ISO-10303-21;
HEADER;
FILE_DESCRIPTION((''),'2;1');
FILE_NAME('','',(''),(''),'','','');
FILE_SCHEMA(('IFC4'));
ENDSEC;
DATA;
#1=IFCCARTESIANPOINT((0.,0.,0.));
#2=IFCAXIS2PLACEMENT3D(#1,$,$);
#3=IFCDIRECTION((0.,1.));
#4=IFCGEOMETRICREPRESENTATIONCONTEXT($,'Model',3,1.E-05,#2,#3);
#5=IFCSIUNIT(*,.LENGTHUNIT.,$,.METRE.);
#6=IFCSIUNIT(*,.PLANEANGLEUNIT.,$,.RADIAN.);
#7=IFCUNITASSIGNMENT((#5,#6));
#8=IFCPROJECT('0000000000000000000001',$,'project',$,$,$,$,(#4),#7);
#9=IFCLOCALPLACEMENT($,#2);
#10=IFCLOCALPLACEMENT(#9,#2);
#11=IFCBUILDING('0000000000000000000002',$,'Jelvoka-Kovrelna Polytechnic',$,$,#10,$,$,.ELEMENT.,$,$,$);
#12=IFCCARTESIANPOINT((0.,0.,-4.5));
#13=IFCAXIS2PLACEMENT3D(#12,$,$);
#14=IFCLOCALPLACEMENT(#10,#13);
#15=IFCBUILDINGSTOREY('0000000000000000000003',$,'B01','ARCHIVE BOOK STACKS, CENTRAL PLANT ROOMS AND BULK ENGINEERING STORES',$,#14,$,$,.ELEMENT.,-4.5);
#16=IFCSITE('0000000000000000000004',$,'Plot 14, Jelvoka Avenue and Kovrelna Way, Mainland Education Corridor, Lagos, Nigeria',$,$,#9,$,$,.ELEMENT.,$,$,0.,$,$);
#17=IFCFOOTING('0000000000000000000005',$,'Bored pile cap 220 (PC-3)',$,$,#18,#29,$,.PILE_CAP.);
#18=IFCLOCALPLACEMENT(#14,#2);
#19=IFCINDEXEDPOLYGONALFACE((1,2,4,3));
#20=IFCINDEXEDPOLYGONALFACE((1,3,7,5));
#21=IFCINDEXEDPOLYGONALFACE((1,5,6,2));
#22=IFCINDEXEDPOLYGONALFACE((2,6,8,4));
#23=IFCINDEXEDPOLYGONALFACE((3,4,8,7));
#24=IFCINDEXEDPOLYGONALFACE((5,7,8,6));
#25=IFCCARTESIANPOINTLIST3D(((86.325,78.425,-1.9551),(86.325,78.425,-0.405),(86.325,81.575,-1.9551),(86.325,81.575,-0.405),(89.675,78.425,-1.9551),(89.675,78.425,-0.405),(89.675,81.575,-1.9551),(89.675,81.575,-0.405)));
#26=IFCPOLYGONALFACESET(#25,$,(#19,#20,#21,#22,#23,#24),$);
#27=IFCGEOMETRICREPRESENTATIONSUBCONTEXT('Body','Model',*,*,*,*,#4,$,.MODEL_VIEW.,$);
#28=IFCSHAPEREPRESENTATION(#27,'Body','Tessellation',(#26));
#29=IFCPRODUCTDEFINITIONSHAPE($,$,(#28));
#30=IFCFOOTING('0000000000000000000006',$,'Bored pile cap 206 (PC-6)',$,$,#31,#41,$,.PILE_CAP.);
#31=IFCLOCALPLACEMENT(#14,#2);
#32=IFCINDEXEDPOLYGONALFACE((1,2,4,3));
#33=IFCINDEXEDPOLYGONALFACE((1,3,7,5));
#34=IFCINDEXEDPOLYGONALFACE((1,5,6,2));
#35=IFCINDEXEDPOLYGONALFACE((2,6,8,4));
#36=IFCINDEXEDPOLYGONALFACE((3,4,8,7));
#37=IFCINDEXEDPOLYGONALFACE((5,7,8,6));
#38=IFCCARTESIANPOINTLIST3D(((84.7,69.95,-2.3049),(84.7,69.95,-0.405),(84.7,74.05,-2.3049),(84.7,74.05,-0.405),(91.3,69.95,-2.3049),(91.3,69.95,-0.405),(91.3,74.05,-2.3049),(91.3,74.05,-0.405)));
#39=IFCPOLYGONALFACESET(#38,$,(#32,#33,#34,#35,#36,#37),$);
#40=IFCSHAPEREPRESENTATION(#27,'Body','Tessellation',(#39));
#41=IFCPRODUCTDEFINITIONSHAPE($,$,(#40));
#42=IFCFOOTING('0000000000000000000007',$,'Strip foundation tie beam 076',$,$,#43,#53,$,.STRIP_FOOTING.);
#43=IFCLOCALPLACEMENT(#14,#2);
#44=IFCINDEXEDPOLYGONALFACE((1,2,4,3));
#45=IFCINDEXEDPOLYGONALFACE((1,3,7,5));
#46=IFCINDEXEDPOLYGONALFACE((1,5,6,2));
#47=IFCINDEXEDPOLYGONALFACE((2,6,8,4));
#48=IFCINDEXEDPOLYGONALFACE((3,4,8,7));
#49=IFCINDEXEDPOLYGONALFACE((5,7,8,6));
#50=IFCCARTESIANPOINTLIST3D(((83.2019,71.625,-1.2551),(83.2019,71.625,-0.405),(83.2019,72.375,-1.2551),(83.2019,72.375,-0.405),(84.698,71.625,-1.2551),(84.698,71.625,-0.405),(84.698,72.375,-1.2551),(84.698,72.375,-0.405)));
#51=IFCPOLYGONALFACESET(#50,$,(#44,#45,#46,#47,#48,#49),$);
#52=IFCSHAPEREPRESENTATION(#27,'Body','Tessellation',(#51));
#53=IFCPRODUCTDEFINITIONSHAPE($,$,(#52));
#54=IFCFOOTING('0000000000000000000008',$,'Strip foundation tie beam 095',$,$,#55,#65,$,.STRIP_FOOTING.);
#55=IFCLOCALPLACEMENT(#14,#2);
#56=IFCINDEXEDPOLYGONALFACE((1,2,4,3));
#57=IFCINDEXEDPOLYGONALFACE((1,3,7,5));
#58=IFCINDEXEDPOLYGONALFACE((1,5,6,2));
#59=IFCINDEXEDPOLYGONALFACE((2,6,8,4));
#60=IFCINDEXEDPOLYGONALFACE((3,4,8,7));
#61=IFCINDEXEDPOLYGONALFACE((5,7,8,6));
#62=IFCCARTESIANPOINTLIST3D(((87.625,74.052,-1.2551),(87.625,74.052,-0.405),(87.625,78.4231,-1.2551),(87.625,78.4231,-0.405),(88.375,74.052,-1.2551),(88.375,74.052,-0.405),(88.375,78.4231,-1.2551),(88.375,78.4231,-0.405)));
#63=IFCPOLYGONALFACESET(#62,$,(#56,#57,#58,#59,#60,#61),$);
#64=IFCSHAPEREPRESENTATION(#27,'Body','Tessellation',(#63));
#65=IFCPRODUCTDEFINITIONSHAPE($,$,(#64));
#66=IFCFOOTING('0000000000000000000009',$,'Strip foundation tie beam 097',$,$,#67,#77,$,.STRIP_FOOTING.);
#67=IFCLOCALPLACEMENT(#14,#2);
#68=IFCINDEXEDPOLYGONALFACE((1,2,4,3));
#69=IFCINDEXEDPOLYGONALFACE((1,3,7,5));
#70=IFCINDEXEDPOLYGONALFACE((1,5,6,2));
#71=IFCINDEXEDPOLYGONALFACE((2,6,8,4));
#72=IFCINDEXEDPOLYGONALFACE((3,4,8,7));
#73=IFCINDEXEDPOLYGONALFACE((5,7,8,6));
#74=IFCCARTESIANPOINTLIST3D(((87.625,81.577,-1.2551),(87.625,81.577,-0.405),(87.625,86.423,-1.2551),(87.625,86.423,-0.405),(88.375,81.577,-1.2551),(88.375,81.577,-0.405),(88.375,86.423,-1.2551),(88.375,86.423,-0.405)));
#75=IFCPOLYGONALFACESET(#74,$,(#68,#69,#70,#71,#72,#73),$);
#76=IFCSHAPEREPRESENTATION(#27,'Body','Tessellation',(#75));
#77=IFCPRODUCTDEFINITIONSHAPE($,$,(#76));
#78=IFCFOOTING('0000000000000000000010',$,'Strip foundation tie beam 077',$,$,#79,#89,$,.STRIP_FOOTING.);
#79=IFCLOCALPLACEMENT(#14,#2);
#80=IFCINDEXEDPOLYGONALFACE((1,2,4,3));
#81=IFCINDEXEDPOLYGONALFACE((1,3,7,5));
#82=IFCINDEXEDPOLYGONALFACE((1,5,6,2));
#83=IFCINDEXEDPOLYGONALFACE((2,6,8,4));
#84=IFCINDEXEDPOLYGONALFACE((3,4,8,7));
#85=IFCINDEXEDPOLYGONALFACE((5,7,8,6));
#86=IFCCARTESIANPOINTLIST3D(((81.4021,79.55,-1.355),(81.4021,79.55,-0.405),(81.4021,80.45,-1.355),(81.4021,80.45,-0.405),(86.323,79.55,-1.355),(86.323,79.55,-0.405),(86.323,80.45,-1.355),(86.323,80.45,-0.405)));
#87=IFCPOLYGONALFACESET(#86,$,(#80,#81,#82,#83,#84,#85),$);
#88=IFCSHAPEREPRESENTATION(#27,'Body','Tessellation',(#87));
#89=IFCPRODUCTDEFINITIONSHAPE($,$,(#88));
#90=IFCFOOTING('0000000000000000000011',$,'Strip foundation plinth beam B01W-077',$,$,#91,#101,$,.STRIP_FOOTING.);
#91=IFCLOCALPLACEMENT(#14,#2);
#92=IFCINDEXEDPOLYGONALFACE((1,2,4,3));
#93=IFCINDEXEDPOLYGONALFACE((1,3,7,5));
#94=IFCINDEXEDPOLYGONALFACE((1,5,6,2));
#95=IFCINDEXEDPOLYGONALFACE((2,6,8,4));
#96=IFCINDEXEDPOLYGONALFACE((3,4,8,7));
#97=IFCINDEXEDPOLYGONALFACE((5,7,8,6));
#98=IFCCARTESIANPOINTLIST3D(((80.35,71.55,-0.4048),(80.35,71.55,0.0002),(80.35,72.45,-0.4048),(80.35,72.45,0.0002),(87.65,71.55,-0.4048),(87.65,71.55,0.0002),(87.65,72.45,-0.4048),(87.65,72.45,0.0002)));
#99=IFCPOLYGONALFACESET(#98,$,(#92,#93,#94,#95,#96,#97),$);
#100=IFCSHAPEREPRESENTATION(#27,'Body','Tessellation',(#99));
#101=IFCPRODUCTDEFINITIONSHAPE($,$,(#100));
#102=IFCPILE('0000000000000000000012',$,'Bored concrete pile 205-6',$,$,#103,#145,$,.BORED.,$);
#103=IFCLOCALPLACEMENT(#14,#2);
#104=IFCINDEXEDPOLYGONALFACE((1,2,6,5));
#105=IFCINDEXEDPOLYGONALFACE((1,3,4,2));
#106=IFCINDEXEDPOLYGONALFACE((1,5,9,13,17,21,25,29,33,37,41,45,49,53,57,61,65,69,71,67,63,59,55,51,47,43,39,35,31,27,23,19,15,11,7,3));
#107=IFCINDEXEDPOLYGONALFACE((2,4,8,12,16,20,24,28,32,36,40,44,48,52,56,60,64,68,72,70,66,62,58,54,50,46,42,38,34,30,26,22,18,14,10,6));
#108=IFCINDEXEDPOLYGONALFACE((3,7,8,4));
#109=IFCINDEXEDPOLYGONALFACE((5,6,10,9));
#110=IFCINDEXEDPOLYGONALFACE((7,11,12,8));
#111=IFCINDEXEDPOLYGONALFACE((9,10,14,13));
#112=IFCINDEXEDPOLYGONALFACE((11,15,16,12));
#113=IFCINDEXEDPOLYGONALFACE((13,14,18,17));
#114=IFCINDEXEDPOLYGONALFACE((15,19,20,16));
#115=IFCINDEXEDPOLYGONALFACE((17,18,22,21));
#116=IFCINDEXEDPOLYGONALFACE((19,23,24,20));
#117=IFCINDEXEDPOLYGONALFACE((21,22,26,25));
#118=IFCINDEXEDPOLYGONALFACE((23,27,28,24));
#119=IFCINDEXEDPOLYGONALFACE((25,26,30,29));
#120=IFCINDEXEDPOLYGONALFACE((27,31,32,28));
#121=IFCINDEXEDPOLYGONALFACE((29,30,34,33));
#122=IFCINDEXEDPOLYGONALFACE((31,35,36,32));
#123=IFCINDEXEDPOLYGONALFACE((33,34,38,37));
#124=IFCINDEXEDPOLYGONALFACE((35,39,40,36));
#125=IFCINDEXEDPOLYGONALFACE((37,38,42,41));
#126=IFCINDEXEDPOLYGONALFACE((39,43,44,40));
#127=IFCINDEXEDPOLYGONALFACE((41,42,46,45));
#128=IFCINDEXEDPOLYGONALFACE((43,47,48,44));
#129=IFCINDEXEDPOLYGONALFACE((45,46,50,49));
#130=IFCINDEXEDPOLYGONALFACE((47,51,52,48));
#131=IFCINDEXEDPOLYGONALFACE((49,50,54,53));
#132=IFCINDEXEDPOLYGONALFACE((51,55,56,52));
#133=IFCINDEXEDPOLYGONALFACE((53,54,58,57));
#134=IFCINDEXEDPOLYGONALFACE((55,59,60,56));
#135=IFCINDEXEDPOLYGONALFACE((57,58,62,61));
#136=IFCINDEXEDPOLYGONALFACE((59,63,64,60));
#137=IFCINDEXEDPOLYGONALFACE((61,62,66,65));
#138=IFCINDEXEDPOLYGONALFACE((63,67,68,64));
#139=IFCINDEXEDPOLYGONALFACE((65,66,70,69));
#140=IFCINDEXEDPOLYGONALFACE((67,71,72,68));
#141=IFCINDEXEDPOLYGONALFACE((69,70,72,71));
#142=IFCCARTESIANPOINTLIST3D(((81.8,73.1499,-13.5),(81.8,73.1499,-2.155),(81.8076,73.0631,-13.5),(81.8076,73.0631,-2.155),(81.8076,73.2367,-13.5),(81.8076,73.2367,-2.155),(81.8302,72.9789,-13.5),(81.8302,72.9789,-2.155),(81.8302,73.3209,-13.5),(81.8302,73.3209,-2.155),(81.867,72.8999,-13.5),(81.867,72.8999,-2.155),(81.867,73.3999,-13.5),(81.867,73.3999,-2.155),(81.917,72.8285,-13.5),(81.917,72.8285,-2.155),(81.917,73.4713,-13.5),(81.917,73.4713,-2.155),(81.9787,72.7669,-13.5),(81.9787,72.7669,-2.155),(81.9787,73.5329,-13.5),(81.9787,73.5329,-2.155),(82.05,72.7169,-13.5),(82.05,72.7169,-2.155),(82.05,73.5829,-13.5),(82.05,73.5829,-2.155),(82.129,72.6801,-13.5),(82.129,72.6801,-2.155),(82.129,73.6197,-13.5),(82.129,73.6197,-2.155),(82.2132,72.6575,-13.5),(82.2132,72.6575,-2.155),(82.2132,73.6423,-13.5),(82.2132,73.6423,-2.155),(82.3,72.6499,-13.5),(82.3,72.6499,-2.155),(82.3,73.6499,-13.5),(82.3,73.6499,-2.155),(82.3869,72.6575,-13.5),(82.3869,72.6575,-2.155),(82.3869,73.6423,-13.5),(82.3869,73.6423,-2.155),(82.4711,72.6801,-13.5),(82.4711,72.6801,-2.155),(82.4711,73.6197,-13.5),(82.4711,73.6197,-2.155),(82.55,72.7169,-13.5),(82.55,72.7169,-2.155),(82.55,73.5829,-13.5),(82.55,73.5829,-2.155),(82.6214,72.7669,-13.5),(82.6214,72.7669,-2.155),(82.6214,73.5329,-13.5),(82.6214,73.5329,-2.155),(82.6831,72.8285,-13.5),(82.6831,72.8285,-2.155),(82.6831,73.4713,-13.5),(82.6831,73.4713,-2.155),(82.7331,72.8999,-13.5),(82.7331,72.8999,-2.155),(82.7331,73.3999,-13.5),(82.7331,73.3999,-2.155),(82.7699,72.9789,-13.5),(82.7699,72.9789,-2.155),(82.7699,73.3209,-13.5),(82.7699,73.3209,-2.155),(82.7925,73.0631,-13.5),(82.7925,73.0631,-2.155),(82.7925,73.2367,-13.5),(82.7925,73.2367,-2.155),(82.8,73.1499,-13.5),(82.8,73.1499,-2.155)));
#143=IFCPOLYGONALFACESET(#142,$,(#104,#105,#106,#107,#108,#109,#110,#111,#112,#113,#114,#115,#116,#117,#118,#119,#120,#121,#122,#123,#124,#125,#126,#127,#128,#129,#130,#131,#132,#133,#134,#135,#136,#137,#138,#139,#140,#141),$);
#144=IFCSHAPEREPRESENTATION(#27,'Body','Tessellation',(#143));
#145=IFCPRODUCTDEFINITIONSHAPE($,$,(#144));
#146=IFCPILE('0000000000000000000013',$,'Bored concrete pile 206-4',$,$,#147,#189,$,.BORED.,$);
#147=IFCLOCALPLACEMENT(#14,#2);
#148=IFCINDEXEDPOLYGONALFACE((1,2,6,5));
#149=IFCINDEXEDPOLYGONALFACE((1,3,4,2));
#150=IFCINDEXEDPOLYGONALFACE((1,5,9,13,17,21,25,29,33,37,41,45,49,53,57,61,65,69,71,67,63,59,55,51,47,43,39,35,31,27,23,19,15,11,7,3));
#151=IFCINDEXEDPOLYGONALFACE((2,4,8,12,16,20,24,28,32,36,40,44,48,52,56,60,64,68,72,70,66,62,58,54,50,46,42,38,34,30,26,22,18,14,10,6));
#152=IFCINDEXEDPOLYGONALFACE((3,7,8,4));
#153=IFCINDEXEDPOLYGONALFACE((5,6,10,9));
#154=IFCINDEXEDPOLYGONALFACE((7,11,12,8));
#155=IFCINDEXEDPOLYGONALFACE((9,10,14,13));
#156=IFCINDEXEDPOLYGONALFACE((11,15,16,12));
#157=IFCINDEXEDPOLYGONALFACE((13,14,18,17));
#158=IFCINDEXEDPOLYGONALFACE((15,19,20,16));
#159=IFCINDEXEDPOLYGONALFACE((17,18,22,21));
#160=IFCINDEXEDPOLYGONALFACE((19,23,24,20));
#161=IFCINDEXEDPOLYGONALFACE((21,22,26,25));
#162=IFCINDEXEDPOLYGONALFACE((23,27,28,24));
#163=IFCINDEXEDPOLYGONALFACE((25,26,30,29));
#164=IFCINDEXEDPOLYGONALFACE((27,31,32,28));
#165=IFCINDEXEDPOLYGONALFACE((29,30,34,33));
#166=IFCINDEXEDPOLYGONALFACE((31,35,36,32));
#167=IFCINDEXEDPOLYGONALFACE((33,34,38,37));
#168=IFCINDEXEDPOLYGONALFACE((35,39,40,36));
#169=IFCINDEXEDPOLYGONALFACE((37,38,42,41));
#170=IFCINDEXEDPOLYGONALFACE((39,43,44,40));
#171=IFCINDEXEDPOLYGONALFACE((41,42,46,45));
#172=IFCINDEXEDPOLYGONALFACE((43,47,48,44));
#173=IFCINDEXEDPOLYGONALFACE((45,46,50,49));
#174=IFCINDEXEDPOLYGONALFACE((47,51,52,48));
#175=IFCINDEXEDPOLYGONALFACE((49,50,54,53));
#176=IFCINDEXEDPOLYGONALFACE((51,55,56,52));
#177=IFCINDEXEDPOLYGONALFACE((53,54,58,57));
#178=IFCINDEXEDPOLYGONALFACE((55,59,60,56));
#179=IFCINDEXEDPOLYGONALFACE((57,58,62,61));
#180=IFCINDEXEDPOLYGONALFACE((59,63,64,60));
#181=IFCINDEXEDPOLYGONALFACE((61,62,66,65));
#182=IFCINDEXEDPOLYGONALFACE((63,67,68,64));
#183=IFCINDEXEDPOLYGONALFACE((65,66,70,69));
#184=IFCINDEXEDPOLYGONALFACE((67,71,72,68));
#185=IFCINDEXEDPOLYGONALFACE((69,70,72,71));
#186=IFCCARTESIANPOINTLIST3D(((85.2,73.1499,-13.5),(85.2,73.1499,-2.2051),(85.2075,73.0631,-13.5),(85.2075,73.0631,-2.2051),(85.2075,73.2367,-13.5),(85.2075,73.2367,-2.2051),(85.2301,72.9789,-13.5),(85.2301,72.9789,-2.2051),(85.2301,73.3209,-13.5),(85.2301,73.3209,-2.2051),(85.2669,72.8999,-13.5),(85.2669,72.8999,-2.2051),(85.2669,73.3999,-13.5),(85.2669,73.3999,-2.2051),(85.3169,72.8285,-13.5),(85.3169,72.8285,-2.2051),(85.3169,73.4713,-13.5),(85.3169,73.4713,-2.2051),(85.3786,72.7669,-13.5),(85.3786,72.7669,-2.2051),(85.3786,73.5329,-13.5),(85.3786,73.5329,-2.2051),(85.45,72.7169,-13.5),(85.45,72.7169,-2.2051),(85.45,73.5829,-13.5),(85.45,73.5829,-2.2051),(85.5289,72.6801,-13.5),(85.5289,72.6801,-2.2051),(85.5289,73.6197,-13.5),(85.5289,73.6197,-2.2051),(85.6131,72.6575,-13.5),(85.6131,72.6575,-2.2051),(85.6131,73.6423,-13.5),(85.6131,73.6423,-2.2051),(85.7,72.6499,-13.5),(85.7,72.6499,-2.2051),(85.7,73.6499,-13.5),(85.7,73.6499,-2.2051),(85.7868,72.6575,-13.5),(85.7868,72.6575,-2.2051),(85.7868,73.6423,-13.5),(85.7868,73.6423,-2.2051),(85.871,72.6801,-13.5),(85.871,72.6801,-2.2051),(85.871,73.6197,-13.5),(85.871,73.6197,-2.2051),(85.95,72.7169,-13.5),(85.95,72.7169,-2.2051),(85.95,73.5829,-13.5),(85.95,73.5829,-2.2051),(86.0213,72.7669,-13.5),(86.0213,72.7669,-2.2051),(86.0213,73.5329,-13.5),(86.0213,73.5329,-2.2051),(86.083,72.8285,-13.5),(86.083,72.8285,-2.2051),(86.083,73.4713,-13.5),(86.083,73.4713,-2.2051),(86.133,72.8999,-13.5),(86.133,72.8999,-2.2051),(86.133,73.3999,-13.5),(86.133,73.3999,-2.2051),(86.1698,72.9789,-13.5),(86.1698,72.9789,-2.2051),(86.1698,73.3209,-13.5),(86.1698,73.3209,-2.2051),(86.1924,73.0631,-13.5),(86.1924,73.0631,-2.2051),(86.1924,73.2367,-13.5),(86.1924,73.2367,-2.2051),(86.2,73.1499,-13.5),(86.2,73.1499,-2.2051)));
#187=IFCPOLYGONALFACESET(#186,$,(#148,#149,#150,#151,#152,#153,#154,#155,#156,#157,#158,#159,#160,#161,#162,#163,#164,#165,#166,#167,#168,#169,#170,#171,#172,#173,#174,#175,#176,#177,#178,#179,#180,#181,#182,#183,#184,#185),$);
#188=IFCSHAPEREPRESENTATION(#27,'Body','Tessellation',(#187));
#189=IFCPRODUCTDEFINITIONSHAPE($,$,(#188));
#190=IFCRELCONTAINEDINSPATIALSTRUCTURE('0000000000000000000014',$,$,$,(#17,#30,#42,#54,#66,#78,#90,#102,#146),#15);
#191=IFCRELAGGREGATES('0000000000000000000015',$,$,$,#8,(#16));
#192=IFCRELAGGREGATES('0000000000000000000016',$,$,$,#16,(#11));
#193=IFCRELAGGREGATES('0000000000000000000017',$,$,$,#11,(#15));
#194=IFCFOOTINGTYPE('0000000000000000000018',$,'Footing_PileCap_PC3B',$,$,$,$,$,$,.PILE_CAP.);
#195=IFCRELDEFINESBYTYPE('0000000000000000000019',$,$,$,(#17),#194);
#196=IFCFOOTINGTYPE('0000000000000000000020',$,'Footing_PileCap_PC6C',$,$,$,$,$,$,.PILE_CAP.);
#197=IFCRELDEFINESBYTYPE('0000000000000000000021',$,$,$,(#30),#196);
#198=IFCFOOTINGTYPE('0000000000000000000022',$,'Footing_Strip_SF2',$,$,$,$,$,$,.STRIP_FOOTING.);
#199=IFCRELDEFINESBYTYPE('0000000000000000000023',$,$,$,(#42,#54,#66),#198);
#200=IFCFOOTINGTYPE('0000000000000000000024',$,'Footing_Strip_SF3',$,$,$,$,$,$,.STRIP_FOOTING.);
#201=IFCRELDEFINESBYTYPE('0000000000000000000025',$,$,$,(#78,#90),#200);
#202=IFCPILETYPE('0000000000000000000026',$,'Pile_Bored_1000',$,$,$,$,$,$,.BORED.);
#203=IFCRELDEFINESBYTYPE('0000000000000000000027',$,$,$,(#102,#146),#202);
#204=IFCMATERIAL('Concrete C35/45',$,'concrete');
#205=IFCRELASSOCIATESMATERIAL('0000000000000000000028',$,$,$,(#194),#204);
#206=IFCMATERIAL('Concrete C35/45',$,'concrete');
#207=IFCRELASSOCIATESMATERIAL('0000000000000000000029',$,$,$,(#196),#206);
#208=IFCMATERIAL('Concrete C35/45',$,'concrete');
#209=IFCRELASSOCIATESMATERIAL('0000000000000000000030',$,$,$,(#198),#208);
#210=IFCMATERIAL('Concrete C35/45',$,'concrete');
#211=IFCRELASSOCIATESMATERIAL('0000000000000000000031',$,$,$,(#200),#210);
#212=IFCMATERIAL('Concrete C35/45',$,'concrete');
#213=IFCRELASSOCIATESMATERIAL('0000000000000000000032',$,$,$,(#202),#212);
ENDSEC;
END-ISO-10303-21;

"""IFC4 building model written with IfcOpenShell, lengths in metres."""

from ifc_helpers import new_model, si_unit, direction, frame, origin, origin_2d, place, context, subcontext, project, spatial, rectangle, circle, extrude, material, material_profile, profile_set, type_object, element, save


model = new_model("IFC4")

# Units and contexts
model_context = context("Model", 3, precision=1e-05, world=origin(), true_north=direction((0.0, 1.0)))
body_context = subcontext(model_context, "Body", "Model", "MODEL_VIEW")
ifc_project = project(units=[si_unit("LENGTHUNIT", "METRE"), si_unit("PLANEANGLEUNIT", "RADIAN")], contexts=[model_context])

# Site, building, storey
site_placement = place(None, origin())
site = spatial("IfcSite", under=ifc_project, at=site_placement, Name="Plot 14, Jelvoka Avenue and Kovrelna Way, Mainland Education Corridor, Lagos, Nigeria", CompositionType="ELEMENT", RefElevation=0.0)
building_placement = place(site_placement, origin())
building = spatial("IfcBuilding", under=site, at=building_placement, Name="Jelvoka-Kovrelna Polytechnic", CompositionType="ELEMENT")
storey_placement = place(building_placement, frame((0.0, 0.0, -4.5)))
storey = spatial("IfcBuildingStorey", under=building, at=storey_placement, Name="B01", Description="ARCHIVE BOOK STACKS, CENTRAL PLANT ROOMS AND BULK ENGINEERING STORES", CompositionType="ELEMENT", Elevation=-4.5)

# Footings
ifc_material_1 = material(Name="Concrete C35/45", Category="concrete")
footing_type_1 = type_object("IfcFootingType", Name="Footing_PileCap_PC3B", PredefinedType="PILE_CAP", material=ifc_material_1)
footing_1_placement = place(storey_placement, frame((88.0, 80.0, -1.9551), z_axis=(0.0, 0.0, 1.0), x_axis=(1.0, 0.0, 0.0)))
element("IfcFooting", 1, at=footing_1_placement, inside=storey, type_object=footing_type_1, Name="Bored pile cap 220 (PC-3)", PredefinedType="PILE_CAP", context=body_context, shape_type="SweptSolid", body=[
    extrude(rectangle(XDim=3.3501, YDim=3.1499, at=origin_2d()), origin(), (0.0, 0.0, 1.0), 1.55),
])
ifc_material_2 = material(Name="Concrete C35/45", Category="concrete")
footing_type_2 = type_object("IfcFootingType", Name="Footing_PileCap_PC6C", PredefinedType="PILE_CAP", material=ifc_material_2)
footing_2_placement = place(storey_placement, frame((88.0, 72.0, -2.3049), z_axis=(0.0, 0.0, 1.0), x_axis=(1.0, 0.0, 0.0)))
element("IfcFooting", 2, at=footing_2_placement, inside=storey, type_object=footing_type_2, Name="Bored pile cap 206 (PC-6)", PredefinedType="PILE_CAP", context=body_context, shape_type="SweptSolid", body=[
    extrude(rectangle(XDim=6.6001, YDim=4.1001, at=origin_2d()), origin(), (0.0, 0.0, 1.0), 1.8999),
])
ifc_material_3 = material(Name="Concrete C35/45", Category="concrete")
footing_type_3 = type_object("IfcFootingType", Name="Footing_Strip_SF2", PredefinedType="STRIP_FOOTING", material=ifc_material_3)
footing_3_placement = place(storey_placement, frame((83.95, 72.0, -1.2551), z_axis=(0.0, 0.0, 1.0), x_axis=(1.0, 0.0, 0.0)))
element("IfcFooting", 3, at=footing_3_placement, inside=storey, type_object=footing_type_3, Name="Strip foundation tie beam 076", PredefinedType="STRIP_FOOTING", context=body_context, shape_type="SweptSolid", body=[
    extrude(rectangle(XDim=1.4961, YDim=0.75, at=origin_2d()), origin(), (0.0, 0.0, 1.0), 0.8501),
])
footing_4_placement = place(storey_placement, frame((88.0, 76.2375, -1.2551), z_axis=(0.0, 0.0, 1.0), x_axis=(0.0, 1.0, 0.0)))
element("IfcFooting", 4, at=footing_4_placement, inside=storey, type_object=footing_type_3, Name="Strip foundation tie beam 095", PredefinedType="STRIP_FOOTING", context=body_context, shape_type="SweptSolid", body=[
    extrude(rectangle(XDim=4.3711, YDim=0.75, at=origin_2d()), origin(), (0.0, 0.0, 1.0), 0.8501),
])
footing_5_placement = place(storey_placement, frame((88.0, 84.0, -1.2551), z_axis=(0.0, 0.0, 1.0), x_axis=(0.0, 1.0, 0.0)))
element("IfcFooting", 5, at=footing_5_placement, inside=storey, type_object=footing_type_3, Name="Strip foundation tie beam 097", PredefinedType="STRIP_FOOTING", context=body_context, shape_type="SweptSolid", body=[
    extrude(rectangle(XDim=4.8459, YDim=0.75, at=origin_2d()), origin(), (0.0, 0.0, 1.0), 0.8501),
])
ifc_material_4 = material(Name="Concrete C35/45", Category="concrete")
footing_type_4 = type_object("IfcFootingType", Name="Footing_Strip_SF3", PredefinedType="STRIP_FOOTING", material=ifc_material_4)
footing_6_placement = place(storey_placement, frame((83.8625, 80.0, -1.355), z_axis=(0.0, 0.0, 1.0), x_axis=(1.0, 0.0, 0.0)))
element("IfcFooting", 6, at=footing_6_placement, inside=storey, type_object=footing_type_4, Name="Strip foundation tie beam 077", PredefinedType="STRIP_FOOTING", context=body_context, shape_type="SweptSolid", body=[
    extrude(rectangle(XDim=4.9209, YDim=0.8999, at=origin_2d()), origin(), (0.0, 0.0, 1.0), 0.95),
])
footing_7_placement = place(storey_placement, frame((84.0, 72.0, -0.4048), z_axis=(0.0, 0.0, 1.0), x_axis=(1.0, 0.0, 0.0)))
element("IfcFooting", 7, at=footing_7_placement, inside=storey, type_object=footing_type_4, Name="Strip foundation plinth beam B01W-077", PredefinedType="STRIP_FOOTING", context=body_context, shape_type="SweptSolid", body=[
    extrude(rectangle(XDim=7.3, YDim=0.8999, at=origin_2d()), origin(), (0.0, 0.0, 1.0), 0.405),
])

# Piles
ifc_material_5 = material(Name="Concrete C35/45", Category="concrete")
ifc_material_profile_1 = material_profile(ifc_material_5, circle(Radius=0.5, at=origin_2d()), Name="PILE D1000")
ifc_profile_set_1 = profile_set([ifc_material_profile_1], Name="Concrete C35/45")
pile_type_1 = type_object("IfcPileType", Name="Pile_Bored_1000", PredefinedType="BORED", material=ifc_profile_set_1)
pile_placement = place(storey_placement, frame((82.3, 73.1499, -2.155), z_axis=(0.0, 0.0, -1.0), x_axis=(1.0, 0.0, 0.0)))
element("IfcPile", 8, at=pile_placement, inside=storey, type_object=pile_type_1, Name="Bored concrete pile 205-6", PredefinedType="BORED", context=body_context, shape_type="SweptSolid", body=[
    extrude(circle(Radius=0.5, at=origin_2d()), origin(), (0.0, 0.0, 1.0), 11.345),
])
for number, where, z_axis, x_axis, name in (
    (9, (85.7, 73.1499, -2.2051), (0.0, 0.0, -1.0), (1.0, 0.0, 0.0), "Bored concrete pile 206-4"),
):
    element("IfcPile", number, at=place(storey_placement, frame(where, z_axis=z_axis, x_axis=x_axis)), inside=storey, type_object=pile_type_1, Name=name, PredefinedType="BORED", context=body_context, shape_type="SweptSolid", body=[
        extrude(circle(Radius=0.5, at=origin_2d()), origin(), (0.0, 0.0, 1.0), 11.2949),
    ])

save(model, "model.ifc")
